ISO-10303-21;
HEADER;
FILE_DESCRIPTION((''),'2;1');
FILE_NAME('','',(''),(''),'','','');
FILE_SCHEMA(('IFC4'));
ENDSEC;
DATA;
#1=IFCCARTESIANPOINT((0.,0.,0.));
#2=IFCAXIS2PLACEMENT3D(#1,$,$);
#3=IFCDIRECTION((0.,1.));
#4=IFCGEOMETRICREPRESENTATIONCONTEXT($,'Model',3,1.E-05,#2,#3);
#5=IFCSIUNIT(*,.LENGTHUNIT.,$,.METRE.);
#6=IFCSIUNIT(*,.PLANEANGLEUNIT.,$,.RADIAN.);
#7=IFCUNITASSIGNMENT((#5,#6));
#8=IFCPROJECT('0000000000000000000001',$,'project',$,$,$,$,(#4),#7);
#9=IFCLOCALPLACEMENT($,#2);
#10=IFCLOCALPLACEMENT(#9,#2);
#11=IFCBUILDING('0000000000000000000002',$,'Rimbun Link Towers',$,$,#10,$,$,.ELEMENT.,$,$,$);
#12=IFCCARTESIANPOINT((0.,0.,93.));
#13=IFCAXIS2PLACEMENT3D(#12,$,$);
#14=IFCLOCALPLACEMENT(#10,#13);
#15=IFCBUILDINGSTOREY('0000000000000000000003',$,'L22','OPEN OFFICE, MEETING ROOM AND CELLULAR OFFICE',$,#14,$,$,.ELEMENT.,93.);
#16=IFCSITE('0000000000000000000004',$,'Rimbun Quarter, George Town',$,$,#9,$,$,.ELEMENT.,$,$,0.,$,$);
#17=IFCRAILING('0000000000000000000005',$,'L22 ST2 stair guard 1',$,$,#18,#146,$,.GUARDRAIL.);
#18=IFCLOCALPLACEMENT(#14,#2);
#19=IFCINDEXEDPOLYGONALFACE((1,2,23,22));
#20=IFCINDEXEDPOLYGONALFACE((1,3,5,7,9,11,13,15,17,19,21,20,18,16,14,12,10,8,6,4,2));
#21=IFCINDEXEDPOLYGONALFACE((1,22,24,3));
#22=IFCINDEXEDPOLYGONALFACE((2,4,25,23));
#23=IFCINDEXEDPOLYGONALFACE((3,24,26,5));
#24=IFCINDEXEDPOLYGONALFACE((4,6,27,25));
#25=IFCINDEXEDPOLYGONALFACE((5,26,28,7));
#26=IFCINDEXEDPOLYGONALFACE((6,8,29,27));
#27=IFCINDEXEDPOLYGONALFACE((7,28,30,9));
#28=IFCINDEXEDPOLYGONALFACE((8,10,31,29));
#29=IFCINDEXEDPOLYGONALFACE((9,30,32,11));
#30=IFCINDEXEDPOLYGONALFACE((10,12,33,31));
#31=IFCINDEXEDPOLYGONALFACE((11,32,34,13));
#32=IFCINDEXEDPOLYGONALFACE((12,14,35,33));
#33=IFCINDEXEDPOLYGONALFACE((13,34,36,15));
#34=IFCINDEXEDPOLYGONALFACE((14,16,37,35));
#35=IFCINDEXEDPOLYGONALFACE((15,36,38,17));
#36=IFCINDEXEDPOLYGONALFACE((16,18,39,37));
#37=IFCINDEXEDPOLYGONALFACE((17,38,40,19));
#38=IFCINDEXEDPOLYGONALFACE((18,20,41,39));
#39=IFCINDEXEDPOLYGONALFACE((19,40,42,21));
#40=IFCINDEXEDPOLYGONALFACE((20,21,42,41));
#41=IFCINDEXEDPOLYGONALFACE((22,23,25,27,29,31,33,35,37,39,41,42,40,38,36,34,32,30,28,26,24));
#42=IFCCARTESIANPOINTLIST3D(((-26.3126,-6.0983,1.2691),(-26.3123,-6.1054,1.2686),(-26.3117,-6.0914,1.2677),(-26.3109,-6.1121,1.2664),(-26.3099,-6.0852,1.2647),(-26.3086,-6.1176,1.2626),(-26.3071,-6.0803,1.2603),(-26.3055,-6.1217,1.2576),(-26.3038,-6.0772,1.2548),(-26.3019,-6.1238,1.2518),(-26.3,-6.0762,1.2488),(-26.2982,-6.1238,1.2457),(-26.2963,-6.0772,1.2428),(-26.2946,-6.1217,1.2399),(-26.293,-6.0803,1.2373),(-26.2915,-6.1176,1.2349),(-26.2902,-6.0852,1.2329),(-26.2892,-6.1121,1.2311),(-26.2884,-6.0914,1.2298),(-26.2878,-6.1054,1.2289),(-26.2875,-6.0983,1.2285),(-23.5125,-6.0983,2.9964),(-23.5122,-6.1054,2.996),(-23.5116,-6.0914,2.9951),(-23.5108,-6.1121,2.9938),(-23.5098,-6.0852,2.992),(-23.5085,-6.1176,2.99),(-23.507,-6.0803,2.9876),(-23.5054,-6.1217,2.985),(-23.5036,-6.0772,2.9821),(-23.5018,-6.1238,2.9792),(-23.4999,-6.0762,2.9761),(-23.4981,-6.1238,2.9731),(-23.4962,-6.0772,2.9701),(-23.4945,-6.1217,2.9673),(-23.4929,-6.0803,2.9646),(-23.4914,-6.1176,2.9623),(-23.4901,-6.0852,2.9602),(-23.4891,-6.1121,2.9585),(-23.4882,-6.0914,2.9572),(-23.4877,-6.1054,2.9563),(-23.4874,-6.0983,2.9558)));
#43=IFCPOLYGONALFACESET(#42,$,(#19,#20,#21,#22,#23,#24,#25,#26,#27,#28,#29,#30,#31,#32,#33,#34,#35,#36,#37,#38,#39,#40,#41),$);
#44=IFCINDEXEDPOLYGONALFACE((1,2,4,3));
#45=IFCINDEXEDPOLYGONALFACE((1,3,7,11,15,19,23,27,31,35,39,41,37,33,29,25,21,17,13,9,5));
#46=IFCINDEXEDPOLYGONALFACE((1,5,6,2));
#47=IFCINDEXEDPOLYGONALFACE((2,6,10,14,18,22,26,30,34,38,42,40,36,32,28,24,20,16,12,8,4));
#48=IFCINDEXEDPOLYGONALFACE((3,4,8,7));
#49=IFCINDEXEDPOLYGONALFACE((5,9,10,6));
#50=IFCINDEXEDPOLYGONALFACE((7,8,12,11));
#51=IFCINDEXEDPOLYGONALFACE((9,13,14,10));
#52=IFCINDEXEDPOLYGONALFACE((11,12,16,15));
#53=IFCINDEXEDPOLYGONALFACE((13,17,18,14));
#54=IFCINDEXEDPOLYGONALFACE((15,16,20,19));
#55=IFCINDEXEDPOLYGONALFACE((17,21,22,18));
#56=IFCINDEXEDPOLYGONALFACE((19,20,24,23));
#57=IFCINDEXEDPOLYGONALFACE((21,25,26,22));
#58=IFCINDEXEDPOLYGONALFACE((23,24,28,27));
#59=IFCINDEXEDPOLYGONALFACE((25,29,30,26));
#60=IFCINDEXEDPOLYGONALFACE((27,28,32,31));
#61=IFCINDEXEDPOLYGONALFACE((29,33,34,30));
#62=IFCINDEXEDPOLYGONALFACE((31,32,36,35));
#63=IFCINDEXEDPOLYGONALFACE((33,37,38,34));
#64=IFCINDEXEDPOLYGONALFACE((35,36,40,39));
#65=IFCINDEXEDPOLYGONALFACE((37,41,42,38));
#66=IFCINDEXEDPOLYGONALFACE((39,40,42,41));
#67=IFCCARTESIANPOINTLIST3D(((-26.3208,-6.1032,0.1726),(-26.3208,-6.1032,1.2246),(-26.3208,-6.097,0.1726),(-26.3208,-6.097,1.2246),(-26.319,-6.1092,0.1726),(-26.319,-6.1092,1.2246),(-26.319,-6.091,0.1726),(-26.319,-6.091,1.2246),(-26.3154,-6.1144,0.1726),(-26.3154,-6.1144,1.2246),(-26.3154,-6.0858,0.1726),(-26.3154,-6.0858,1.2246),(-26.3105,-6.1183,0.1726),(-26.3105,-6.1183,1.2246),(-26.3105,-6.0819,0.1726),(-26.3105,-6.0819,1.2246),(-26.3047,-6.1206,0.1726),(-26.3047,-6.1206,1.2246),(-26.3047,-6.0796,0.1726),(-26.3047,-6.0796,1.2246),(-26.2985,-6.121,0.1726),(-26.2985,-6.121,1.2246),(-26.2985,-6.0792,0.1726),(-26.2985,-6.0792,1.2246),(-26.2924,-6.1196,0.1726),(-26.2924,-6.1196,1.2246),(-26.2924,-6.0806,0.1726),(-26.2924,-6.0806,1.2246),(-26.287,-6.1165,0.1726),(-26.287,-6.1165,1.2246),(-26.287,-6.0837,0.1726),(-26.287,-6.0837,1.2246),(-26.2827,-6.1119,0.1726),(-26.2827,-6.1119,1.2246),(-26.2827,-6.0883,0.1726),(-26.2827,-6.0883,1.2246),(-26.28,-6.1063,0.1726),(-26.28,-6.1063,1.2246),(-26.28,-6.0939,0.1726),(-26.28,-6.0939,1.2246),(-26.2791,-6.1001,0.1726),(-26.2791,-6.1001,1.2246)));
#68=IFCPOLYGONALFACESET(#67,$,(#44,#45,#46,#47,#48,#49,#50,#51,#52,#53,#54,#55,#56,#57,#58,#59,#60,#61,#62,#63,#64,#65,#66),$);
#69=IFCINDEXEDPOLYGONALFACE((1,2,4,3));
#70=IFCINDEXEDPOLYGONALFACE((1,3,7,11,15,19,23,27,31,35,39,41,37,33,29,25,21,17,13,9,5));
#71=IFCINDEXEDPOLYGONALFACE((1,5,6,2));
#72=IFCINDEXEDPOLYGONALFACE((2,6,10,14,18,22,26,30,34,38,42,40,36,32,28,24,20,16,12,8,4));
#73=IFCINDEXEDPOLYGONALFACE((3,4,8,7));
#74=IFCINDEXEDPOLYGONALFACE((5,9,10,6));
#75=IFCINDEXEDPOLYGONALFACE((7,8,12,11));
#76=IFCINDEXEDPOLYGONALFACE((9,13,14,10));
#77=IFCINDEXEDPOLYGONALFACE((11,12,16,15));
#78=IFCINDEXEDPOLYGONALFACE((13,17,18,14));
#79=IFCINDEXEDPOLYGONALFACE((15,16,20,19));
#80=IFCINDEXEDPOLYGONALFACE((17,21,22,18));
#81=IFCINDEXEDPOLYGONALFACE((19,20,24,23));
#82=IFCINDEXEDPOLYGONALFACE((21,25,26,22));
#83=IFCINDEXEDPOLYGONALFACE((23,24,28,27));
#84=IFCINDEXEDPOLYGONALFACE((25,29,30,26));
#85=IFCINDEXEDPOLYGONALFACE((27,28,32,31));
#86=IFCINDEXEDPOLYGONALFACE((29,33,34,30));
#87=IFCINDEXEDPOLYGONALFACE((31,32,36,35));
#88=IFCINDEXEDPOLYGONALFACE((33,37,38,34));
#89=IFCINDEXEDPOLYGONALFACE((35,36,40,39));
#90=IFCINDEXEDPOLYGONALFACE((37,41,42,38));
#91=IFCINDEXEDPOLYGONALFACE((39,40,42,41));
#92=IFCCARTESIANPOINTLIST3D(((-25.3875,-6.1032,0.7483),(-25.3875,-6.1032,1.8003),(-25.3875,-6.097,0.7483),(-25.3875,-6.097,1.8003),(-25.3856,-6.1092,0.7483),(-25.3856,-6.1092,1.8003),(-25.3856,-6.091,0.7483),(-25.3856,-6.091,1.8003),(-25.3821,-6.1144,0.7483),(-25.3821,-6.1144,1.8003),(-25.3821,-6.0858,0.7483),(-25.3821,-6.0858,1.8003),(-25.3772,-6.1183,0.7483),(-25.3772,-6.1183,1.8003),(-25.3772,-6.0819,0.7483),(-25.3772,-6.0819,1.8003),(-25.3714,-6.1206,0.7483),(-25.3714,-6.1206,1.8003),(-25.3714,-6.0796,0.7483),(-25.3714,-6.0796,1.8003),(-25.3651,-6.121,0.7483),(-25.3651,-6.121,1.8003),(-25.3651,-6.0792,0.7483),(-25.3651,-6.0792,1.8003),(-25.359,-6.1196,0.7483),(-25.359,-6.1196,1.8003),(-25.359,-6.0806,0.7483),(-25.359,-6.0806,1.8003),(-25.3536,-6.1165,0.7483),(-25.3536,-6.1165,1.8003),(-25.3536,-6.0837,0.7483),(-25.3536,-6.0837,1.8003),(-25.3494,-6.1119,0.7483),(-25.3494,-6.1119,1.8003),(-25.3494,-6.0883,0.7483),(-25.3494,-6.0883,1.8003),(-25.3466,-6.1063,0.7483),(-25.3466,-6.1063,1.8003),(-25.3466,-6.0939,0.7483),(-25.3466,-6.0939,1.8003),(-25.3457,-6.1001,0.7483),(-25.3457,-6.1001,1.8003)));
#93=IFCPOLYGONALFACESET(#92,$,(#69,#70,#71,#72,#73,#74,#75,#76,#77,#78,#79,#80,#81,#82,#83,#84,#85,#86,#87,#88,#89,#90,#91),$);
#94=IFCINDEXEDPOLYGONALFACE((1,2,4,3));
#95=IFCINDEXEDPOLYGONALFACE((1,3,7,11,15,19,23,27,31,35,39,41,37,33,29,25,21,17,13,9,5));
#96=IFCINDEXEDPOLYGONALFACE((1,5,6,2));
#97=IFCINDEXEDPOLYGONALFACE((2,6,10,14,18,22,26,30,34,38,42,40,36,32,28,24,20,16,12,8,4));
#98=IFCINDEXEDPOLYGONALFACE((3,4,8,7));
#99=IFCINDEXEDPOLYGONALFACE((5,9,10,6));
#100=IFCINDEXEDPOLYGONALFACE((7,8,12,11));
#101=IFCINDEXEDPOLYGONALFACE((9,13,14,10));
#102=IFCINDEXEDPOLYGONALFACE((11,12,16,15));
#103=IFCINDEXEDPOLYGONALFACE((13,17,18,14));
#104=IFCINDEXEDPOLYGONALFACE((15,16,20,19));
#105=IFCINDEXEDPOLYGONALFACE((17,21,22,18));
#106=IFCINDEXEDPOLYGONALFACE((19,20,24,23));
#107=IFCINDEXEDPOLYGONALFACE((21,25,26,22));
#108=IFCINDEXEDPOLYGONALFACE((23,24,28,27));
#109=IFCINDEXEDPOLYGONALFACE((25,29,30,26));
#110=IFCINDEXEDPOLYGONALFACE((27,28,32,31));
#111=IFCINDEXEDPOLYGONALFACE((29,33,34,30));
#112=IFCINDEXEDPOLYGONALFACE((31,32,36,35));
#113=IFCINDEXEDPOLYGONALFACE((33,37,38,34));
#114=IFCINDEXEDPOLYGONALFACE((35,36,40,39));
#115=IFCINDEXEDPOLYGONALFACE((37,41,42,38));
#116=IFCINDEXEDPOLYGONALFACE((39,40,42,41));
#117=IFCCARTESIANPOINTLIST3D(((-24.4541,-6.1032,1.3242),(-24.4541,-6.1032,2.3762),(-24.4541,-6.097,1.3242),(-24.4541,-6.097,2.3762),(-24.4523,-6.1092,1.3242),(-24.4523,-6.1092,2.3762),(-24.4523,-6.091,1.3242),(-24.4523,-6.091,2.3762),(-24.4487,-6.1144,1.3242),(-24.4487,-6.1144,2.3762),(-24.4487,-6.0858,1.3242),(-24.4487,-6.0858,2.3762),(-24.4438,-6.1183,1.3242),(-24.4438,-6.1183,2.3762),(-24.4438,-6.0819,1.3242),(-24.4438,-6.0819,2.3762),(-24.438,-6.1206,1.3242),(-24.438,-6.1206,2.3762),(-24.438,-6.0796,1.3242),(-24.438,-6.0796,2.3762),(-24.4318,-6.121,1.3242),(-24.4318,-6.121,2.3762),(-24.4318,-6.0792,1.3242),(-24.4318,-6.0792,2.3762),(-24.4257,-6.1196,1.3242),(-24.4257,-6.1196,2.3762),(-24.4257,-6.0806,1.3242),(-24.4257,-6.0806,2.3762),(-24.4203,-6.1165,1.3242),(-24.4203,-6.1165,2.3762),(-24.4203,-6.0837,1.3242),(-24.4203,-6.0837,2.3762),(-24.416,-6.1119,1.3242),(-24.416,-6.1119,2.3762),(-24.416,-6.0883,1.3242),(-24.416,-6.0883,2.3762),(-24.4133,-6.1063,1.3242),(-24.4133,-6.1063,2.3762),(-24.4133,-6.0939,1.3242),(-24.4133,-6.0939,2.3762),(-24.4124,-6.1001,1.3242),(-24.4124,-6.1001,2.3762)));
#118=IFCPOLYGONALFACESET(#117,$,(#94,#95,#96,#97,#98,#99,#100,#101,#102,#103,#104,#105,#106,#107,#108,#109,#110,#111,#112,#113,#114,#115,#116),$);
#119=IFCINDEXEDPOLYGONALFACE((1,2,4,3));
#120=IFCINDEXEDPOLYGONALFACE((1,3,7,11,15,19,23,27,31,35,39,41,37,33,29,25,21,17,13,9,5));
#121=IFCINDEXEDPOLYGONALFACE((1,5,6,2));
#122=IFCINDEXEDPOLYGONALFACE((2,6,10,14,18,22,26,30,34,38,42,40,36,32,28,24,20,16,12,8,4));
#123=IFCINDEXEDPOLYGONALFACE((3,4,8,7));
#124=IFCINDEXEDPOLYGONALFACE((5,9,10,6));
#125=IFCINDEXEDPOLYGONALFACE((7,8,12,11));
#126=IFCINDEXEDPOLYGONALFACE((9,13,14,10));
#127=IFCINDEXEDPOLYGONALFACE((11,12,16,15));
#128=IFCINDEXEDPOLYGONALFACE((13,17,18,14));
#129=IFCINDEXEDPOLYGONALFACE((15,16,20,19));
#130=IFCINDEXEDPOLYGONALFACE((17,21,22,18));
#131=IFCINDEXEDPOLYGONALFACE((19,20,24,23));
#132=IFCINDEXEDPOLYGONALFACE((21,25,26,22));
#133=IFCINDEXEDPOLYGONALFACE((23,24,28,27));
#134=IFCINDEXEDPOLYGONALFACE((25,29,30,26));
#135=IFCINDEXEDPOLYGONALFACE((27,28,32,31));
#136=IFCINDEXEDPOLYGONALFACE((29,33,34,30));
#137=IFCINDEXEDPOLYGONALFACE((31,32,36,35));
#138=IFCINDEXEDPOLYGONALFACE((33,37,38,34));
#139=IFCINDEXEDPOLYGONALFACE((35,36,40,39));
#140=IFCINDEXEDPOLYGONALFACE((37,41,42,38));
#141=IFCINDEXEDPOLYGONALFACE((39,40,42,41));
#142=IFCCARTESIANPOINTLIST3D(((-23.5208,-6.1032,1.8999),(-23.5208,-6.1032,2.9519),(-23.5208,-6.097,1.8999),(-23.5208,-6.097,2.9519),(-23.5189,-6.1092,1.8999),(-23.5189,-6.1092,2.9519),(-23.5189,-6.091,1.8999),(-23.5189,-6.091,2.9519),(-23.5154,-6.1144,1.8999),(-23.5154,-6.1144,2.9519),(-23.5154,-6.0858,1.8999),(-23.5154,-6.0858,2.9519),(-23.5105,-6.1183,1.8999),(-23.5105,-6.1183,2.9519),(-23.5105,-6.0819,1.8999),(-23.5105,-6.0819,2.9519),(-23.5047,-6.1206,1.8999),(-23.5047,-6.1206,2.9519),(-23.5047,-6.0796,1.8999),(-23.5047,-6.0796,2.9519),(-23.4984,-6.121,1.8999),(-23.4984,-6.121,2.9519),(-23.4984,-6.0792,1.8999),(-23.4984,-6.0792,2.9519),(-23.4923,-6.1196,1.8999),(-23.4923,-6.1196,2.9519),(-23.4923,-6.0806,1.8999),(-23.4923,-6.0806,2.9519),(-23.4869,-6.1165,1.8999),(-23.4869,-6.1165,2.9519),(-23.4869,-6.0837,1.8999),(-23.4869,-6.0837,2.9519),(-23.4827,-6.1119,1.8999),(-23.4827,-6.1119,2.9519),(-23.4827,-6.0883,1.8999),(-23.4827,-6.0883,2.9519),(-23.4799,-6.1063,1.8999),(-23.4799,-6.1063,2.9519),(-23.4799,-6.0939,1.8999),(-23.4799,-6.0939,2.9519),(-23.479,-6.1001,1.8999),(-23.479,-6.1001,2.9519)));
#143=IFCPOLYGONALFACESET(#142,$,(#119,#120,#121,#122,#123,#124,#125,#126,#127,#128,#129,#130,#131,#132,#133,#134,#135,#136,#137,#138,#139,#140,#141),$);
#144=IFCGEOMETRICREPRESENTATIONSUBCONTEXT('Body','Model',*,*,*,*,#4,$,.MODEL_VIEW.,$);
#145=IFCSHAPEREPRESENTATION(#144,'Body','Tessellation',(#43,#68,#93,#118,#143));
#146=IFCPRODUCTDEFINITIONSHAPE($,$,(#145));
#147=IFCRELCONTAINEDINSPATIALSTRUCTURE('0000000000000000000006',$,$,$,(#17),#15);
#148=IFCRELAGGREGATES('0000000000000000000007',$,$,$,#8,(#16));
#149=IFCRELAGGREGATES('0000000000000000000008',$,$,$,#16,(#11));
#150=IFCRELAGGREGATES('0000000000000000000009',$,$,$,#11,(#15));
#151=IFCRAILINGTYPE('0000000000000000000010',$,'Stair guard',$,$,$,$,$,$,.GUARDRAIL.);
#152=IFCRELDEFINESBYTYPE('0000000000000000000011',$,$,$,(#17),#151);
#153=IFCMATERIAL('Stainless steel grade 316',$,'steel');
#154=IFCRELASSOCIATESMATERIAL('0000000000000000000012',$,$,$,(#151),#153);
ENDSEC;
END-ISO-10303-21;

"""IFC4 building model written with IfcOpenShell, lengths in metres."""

from ifc_helpers import new_model, si_unit, direction, frame, origin, origin_2d, place, context, subcontext, project, spatial, circle, extrude, material, type_object, element, save


model = new_model("IFC4")

# Units and contexts
model_context = context("Model", 3, precision=1e-05, world=origin(), true_north=direction((0.0, 1.0)))
body_context = subcontext(model_context, "Body", "Model", "MODEL_VIEW")
ifc_project = project(units=[si_unit("LENGTHUNIT", "METRE"), si_unit("PLANEANGLEUNIT", "RADIAN")], contexts=[model_context])

# Site, building, storey
site_placement = place(None, origin())
site = spatial("IfcSite", under=ifc_project, at=site_placement, Name="Rimbun Quarter, George Town", CompositionType="ELEMENT", RefElevation=0.0)
building_placement = place(site_placement, origin())
building = spatial("IfcBuilding", under=site, at=building_placement, Name="Rimbun Link Towers", CompositionType="ELEMENT")
storey_placement = place(building_placement, frame((0.0, 0.0, 93.0)))
storey = spatial("IfcBuildingStorey", under=building, at=storey_placement, Name="L22", Description="OPEN OFFICE, MEETING ROOM AND CELLULAR OFFICE", CompositionType="ELEMENT", Elevation=93.0)

# Railing
ifc_material_1 = material(Name="Stainless steel grade 316", Category="steel")
railing_type_1 = type_object("IfcRailingType", Name="Stair guard", PredefinedType="GUARDRAIL", material=ifc_material_1)
railing_1_placement = place(storey_placement, frame((-26.3, -6.1001, 0.1726)))
element("IfcRailing", 1, at=railing_1_placement, inside=storey, type_object=railing_type_1, Name="L22 ST2 stair guard 1", PredefinedType="GUARDRAIL", context=body_context, shape_type="SweptSolid", body=[
    extrude(circle(Radius=0.0239, at=origin_2d()), frame((0.0, 0.0, 1.0762), z_axis=(0.85109, 0.0, 0.52502), x_axis=(0.0, 1.0, 0.0)), (0.0, 0.0, 1.0), 3.29),
    extrude(circle(Radius=0.021, at=origin_2d()), origin(), (0.0, 0.0, 1.0), 1.052),
    extrude(circle(Radius=0.021, at=origin_2d()), frame((0.9333, 0.0, 0.5757)), (0.0, 0.0, 1.0), 1.052),
    extrude(circle(Radius=0.021, at=origin_2d()), frame((1.8667, 0.0, 1.1516)), (0.0, 0.0, 1.0), 1.052),
    extrude(circle(Radius=0.021, at=origin_2d()), frame((2.8, 0.0, 1.7273)), (0.0, 0.0, 1.0), 1.052),
])

save(model, "model.ifc")
